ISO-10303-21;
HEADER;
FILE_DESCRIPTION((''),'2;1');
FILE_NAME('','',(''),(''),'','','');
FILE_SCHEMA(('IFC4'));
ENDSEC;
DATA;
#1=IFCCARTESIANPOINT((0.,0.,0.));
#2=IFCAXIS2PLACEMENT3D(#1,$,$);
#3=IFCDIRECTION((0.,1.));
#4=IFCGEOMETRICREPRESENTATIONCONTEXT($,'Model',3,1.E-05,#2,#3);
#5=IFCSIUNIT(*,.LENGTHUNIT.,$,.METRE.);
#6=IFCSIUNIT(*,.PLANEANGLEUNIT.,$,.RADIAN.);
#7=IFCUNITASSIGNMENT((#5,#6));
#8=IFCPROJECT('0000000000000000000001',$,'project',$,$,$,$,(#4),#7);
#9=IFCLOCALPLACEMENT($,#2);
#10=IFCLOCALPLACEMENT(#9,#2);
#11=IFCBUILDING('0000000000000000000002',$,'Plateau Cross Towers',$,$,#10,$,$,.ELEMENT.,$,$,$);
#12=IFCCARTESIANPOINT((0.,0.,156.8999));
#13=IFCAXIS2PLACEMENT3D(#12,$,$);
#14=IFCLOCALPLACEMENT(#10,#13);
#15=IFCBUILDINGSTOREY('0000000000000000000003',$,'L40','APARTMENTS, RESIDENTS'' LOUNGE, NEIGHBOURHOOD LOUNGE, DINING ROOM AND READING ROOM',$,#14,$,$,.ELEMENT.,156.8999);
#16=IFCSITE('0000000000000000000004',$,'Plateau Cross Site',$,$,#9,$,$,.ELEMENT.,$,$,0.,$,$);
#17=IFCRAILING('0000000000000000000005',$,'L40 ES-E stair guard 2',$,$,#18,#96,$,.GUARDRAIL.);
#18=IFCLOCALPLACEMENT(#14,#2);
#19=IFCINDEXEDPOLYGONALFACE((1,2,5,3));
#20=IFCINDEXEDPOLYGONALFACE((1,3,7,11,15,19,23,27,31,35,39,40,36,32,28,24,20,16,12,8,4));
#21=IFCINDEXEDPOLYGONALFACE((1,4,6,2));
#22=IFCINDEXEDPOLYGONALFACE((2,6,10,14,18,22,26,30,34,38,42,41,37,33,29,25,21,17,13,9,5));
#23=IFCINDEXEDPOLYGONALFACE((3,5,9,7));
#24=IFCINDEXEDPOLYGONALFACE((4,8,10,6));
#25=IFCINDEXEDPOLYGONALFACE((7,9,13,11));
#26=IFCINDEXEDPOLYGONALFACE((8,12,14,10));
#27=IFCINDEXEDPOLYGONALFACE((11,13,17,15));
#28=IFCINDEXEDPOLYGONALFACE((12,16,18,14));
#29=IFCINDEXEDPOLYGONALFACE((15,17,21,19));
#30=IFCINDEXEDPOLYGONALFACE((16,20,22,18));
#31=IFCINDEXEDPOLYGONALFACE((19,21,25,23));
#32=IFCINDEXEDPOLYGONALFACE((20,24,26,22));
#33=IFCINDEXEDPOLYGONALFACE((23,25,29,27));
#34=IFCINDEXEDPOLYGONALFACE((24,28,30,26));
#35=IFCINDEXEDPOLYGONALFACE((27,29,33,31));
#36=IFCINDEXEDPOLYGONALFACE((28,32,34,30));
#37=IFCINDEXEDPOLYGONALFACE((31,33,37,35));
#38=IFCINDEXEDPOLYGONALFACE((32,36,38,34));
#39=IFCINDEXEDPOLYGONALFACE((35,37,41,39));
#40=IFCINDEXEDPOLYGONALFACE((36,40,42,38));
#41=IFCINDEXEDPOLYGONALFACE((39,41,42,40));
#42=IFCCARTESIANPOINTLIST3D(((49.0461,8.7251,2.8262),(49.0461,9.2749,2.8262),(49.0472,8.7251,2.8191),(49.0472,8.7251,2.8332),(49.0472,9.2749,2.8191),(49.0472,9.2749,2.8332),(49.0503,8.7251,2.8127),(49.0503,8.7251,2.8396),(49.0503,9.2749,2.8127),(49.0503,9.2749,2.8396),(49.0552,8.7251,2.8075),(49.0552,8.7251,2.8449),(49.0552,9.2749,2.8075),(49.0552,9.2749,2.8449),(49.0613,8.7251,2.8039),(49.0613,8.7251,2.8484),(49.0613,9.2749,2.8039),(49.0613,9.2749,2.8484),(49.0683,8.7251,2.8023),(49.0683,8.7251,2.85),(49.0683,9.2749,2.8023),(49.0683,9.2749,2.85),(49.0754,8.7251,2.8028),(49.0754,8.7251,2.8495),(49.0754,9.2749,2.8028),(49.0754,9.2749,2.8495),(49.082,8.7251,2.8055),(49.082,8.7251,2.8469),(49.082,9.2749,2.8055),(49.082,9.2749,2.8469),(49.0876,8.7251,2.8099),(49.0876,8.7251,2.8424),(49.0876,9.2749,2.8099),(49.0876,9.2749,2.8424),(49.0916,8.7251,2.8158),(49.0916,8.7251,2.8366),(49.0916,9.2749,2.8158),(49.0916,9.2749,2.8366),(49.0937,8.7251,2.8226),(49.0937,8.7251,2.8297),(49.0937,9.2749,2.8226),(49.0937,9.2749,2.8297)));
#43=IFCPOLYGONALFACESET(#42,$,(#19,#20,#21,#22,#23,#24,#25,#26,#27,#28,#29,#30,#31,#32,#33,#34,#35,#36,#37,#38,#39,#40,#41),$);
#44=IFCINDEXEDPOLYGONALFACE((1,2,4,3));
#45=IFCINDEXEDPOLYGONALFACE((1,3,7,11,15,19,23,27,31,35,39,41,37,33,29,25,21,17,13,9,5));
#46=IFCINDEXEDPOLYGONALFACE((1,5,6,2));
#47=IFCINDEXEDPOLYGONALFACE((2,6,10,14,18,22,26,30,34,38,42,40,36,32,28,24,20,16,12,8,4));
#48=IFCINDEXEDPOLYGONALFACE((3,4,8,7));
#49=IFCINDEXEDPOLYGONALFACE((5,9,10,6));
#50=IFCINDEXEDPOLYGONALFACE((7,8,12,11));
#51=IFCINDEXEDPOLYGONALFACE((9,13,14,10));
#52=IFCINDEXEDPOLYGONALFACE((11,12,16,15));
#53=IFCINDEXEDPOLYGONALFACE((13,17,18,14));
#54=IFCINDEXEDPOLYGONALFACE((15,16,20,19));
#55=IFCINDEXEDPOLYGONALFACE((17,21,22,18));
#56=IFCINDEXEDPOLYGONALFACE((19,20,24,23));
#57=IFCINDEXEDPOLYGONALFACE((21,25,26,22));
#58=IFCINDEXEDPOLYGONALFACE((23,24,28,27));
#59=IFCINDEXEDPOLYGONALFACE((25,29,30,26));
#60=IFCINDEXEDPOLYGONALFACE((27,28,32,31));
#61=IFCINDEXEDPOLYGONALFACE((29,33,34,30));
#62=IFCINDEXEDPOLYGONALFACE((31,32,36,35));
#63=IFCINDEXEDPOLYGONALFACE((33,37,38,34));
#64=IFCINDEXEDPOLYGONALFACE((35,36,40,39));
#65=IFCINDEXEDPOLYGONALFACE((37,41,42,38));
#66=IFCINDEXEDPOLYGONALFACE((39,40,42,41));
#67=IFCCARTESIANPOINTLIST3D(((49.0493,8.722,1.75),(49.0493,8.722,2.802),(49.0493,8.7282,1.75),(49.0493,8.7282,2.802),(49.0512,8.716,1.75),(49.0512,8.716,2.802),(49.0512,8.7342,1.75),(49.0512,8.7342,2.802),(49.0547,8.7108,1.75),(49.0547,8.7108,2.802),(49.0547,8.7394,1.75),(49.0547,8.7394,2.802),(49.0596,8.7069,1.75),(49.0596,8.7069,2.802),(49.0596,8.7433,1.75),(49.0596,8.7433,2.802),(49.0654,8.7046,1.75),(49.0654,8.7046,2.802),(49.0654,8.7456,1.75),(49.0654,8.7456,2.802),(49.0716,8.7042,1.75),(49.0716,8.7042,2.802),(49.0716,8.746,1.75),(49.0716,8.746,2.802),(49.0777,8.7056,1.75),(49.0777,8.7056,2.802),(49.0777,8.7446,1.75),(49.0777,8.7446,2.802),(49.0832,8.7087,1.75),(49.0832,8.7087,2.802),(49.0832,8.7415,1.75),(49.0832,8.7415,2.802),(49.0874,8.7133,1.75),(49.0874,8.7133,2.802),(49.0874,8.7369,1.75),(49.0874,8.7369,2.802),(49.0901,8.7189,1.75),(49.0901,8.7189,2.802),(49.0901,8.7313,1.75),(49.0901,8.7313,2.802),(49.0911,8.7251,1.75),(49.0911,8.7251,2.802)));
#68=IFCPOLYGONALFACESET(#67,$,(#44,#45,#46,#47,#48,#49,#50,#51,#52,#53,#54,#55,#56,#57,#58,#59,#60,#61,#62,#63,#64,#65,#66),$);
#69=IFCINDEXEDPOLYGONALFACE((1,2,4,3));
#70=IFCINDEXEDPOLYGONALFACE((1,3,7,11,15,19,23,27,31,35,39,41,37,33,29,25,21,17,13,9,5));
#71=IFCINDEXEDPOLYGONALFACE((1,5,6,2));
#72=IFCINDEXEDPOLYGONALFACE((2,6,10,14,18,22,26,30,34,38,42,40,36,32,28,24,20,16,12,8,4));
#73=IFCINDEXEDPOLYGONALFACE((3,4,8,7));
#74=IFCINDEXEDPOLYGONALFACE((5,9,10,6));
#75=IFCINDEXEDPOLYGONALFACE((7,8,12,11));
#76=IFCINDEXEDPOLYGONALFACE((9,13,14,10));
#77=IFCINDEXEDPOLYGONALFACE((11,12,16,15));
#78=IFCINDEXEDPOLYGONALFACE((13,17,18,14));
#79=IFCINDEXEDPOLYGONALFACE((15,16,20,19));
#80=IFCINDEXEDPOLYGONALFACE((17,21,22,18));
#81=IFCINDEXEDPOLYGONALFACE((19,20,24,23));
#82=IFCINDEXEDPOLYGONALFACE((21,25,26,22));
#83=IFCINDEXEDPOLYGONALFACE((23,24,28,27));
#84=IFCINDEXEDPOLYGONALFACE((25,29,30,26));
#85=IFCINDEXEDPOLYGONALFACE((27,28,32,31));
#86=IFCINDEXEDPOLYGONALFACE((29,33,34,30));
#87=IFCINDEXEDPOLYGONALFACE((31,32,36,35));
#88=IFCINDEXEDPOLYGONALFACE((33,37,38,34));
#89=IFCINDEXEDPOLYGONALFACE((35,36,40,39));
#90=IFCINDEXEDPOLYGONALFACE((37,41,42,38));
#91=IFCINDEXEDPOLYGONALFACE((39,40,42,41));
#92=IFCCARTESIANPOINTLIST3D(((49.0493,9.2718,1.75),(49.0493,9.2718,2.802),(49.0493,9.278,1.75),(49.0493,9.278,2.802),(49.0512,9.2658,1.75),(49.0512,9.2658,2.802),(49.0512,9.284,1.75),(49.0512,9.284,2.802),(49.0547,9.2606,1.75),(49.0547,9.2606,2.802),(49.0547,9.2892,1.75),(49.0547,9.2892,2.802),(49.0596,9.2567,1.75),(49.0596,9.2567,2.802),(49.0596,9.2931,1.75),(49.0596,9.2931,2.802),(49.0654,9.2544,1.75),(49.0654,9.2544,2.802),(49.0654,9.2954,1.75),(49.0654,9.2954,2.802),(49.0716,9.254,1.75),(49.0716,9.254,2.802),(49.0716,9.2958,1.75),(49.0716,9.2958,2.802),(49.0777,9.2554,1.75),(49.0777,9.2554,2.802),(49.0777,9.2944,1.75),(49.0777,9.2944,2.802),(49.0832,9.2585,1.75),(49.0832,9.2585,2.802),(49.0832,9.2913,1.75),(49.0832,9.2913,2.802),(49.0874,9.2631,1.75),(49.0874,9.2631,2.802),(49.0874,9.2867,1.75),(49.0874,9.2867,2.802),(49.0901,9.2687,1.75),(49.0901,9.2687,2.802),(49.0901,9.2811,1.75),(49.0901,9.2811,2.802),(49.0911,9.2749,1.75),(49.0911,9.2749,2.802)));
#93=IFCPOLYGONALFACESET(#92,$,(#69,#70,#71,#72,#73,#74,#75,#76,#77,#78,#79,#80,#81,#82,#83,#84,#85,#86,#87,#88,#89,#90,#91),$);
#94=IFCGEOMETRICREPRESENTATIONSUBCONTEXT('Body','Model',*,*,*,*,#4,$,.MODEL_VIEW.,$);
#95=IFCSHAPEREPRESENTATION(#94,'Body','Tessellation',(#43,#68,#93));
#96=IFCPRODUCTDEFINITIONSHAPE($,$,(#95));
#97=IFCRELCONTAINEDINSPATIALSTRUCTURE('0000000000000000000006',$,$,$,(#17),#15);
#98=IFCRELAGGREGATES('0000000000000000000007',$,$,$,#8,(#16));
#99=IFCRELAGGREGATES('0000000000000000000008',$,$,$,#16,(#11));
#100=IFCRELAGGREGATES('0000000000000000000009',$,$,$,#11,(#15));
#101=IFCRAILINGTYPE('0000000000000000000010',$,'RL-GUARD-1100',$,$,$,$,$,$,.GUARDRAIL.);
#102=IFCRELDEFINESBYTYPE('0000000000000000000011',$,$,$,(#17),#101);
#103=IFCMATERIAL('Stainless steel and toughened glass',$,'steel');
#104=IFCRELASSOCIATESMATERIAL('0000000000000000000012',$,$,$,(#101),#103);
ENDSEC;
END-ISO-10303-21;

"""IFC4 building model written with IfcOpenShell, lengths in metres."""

from ifc_helpers import new_model, si_unit, direction, frame, origin, origin_2d, place, context, subcontext, project, spatial, circle, extrude, material, type_object, element, save


model = new_model("IFC4")

# Units and contexts
model_context = context("Model", 3, precision=1e-05, world=origin(), true_north=direction((0.0, 1.0)))
body_context = subcontext(model_context, "Body", "Model", "MODEL_VIEW")
ifc_project = project(units=[si_unit("LENGTHUNIT", "METRE"), si_unit("PLANEANGLEUNIT", "RADIAN")], contexts=[model_context])

# Site, building, storey
site_placement = place(None, origin())
site = spatial("IfcSite", under=ifc_project, at=site_placement, Name="Plateau Cross Site", CompositionType="ELEMENT", RefElevation=0.0)
building_placement = place(site_placement, origin())
building = spatial("IfcBuilding", under=site, at=building_placement, Name="Plateau Cross Towers", CompositionType="ELEMENT")
storey_placement = place(building_placement, frame((0.0, 0.0, 156.8999)))
storey = spatial("IfcBuildingStorey", under=building, at=storey_placement, Name="L40", Description="APARTMENTS, RESIDENTS' LOUNGE, NEIGHBOURHOOD LOUNGE, DINING ROOM AND READING ROOM", CompositionType="ELEMENT", Elevation=156.8999)

# Railing
ifc_material_1 = material(Name="Stainless steel and toughened glass", Category="steel")
railing_type_1 = type_object("IfcRailingType", Name="RL-GUARD-1100", PredefinedType="GUARDRAIL", material=ifc_material_1)
railing_1_placement = place(storey_placement, frame((49.0701, 8.7251, 1.75)))
element("IfcRailing", 1, at=railing_1_placement, inside=storey, type_object=railing_type_1, Name="L40 ES-E stair guard 2", PredefinedType="GUARDRAIL", context=body_context, shape_type="SweptSolid", body=[
    extrude(circle(Radius=0.0239, at=origin_2d()), frame((0.0, 0.0, 1.0762), z_axis=(0.0, 1.0, 0.0), x_axis=(-1.0, 0.0, 0.0)), (0.0, 0.0, 1.0), 0.5498),
    extrude(circle(Radius=0.021, at=origin_2d()), origin(), (0.0, 0.0, 1.0), 1.052),
    extrude(circle(Radius=0.021, at=origin_2d()), frame((0.0, 0.5498, 0.0)), (0.0, 0.0, 1.0), 1.052),
])

save(model, "model.ifc")
